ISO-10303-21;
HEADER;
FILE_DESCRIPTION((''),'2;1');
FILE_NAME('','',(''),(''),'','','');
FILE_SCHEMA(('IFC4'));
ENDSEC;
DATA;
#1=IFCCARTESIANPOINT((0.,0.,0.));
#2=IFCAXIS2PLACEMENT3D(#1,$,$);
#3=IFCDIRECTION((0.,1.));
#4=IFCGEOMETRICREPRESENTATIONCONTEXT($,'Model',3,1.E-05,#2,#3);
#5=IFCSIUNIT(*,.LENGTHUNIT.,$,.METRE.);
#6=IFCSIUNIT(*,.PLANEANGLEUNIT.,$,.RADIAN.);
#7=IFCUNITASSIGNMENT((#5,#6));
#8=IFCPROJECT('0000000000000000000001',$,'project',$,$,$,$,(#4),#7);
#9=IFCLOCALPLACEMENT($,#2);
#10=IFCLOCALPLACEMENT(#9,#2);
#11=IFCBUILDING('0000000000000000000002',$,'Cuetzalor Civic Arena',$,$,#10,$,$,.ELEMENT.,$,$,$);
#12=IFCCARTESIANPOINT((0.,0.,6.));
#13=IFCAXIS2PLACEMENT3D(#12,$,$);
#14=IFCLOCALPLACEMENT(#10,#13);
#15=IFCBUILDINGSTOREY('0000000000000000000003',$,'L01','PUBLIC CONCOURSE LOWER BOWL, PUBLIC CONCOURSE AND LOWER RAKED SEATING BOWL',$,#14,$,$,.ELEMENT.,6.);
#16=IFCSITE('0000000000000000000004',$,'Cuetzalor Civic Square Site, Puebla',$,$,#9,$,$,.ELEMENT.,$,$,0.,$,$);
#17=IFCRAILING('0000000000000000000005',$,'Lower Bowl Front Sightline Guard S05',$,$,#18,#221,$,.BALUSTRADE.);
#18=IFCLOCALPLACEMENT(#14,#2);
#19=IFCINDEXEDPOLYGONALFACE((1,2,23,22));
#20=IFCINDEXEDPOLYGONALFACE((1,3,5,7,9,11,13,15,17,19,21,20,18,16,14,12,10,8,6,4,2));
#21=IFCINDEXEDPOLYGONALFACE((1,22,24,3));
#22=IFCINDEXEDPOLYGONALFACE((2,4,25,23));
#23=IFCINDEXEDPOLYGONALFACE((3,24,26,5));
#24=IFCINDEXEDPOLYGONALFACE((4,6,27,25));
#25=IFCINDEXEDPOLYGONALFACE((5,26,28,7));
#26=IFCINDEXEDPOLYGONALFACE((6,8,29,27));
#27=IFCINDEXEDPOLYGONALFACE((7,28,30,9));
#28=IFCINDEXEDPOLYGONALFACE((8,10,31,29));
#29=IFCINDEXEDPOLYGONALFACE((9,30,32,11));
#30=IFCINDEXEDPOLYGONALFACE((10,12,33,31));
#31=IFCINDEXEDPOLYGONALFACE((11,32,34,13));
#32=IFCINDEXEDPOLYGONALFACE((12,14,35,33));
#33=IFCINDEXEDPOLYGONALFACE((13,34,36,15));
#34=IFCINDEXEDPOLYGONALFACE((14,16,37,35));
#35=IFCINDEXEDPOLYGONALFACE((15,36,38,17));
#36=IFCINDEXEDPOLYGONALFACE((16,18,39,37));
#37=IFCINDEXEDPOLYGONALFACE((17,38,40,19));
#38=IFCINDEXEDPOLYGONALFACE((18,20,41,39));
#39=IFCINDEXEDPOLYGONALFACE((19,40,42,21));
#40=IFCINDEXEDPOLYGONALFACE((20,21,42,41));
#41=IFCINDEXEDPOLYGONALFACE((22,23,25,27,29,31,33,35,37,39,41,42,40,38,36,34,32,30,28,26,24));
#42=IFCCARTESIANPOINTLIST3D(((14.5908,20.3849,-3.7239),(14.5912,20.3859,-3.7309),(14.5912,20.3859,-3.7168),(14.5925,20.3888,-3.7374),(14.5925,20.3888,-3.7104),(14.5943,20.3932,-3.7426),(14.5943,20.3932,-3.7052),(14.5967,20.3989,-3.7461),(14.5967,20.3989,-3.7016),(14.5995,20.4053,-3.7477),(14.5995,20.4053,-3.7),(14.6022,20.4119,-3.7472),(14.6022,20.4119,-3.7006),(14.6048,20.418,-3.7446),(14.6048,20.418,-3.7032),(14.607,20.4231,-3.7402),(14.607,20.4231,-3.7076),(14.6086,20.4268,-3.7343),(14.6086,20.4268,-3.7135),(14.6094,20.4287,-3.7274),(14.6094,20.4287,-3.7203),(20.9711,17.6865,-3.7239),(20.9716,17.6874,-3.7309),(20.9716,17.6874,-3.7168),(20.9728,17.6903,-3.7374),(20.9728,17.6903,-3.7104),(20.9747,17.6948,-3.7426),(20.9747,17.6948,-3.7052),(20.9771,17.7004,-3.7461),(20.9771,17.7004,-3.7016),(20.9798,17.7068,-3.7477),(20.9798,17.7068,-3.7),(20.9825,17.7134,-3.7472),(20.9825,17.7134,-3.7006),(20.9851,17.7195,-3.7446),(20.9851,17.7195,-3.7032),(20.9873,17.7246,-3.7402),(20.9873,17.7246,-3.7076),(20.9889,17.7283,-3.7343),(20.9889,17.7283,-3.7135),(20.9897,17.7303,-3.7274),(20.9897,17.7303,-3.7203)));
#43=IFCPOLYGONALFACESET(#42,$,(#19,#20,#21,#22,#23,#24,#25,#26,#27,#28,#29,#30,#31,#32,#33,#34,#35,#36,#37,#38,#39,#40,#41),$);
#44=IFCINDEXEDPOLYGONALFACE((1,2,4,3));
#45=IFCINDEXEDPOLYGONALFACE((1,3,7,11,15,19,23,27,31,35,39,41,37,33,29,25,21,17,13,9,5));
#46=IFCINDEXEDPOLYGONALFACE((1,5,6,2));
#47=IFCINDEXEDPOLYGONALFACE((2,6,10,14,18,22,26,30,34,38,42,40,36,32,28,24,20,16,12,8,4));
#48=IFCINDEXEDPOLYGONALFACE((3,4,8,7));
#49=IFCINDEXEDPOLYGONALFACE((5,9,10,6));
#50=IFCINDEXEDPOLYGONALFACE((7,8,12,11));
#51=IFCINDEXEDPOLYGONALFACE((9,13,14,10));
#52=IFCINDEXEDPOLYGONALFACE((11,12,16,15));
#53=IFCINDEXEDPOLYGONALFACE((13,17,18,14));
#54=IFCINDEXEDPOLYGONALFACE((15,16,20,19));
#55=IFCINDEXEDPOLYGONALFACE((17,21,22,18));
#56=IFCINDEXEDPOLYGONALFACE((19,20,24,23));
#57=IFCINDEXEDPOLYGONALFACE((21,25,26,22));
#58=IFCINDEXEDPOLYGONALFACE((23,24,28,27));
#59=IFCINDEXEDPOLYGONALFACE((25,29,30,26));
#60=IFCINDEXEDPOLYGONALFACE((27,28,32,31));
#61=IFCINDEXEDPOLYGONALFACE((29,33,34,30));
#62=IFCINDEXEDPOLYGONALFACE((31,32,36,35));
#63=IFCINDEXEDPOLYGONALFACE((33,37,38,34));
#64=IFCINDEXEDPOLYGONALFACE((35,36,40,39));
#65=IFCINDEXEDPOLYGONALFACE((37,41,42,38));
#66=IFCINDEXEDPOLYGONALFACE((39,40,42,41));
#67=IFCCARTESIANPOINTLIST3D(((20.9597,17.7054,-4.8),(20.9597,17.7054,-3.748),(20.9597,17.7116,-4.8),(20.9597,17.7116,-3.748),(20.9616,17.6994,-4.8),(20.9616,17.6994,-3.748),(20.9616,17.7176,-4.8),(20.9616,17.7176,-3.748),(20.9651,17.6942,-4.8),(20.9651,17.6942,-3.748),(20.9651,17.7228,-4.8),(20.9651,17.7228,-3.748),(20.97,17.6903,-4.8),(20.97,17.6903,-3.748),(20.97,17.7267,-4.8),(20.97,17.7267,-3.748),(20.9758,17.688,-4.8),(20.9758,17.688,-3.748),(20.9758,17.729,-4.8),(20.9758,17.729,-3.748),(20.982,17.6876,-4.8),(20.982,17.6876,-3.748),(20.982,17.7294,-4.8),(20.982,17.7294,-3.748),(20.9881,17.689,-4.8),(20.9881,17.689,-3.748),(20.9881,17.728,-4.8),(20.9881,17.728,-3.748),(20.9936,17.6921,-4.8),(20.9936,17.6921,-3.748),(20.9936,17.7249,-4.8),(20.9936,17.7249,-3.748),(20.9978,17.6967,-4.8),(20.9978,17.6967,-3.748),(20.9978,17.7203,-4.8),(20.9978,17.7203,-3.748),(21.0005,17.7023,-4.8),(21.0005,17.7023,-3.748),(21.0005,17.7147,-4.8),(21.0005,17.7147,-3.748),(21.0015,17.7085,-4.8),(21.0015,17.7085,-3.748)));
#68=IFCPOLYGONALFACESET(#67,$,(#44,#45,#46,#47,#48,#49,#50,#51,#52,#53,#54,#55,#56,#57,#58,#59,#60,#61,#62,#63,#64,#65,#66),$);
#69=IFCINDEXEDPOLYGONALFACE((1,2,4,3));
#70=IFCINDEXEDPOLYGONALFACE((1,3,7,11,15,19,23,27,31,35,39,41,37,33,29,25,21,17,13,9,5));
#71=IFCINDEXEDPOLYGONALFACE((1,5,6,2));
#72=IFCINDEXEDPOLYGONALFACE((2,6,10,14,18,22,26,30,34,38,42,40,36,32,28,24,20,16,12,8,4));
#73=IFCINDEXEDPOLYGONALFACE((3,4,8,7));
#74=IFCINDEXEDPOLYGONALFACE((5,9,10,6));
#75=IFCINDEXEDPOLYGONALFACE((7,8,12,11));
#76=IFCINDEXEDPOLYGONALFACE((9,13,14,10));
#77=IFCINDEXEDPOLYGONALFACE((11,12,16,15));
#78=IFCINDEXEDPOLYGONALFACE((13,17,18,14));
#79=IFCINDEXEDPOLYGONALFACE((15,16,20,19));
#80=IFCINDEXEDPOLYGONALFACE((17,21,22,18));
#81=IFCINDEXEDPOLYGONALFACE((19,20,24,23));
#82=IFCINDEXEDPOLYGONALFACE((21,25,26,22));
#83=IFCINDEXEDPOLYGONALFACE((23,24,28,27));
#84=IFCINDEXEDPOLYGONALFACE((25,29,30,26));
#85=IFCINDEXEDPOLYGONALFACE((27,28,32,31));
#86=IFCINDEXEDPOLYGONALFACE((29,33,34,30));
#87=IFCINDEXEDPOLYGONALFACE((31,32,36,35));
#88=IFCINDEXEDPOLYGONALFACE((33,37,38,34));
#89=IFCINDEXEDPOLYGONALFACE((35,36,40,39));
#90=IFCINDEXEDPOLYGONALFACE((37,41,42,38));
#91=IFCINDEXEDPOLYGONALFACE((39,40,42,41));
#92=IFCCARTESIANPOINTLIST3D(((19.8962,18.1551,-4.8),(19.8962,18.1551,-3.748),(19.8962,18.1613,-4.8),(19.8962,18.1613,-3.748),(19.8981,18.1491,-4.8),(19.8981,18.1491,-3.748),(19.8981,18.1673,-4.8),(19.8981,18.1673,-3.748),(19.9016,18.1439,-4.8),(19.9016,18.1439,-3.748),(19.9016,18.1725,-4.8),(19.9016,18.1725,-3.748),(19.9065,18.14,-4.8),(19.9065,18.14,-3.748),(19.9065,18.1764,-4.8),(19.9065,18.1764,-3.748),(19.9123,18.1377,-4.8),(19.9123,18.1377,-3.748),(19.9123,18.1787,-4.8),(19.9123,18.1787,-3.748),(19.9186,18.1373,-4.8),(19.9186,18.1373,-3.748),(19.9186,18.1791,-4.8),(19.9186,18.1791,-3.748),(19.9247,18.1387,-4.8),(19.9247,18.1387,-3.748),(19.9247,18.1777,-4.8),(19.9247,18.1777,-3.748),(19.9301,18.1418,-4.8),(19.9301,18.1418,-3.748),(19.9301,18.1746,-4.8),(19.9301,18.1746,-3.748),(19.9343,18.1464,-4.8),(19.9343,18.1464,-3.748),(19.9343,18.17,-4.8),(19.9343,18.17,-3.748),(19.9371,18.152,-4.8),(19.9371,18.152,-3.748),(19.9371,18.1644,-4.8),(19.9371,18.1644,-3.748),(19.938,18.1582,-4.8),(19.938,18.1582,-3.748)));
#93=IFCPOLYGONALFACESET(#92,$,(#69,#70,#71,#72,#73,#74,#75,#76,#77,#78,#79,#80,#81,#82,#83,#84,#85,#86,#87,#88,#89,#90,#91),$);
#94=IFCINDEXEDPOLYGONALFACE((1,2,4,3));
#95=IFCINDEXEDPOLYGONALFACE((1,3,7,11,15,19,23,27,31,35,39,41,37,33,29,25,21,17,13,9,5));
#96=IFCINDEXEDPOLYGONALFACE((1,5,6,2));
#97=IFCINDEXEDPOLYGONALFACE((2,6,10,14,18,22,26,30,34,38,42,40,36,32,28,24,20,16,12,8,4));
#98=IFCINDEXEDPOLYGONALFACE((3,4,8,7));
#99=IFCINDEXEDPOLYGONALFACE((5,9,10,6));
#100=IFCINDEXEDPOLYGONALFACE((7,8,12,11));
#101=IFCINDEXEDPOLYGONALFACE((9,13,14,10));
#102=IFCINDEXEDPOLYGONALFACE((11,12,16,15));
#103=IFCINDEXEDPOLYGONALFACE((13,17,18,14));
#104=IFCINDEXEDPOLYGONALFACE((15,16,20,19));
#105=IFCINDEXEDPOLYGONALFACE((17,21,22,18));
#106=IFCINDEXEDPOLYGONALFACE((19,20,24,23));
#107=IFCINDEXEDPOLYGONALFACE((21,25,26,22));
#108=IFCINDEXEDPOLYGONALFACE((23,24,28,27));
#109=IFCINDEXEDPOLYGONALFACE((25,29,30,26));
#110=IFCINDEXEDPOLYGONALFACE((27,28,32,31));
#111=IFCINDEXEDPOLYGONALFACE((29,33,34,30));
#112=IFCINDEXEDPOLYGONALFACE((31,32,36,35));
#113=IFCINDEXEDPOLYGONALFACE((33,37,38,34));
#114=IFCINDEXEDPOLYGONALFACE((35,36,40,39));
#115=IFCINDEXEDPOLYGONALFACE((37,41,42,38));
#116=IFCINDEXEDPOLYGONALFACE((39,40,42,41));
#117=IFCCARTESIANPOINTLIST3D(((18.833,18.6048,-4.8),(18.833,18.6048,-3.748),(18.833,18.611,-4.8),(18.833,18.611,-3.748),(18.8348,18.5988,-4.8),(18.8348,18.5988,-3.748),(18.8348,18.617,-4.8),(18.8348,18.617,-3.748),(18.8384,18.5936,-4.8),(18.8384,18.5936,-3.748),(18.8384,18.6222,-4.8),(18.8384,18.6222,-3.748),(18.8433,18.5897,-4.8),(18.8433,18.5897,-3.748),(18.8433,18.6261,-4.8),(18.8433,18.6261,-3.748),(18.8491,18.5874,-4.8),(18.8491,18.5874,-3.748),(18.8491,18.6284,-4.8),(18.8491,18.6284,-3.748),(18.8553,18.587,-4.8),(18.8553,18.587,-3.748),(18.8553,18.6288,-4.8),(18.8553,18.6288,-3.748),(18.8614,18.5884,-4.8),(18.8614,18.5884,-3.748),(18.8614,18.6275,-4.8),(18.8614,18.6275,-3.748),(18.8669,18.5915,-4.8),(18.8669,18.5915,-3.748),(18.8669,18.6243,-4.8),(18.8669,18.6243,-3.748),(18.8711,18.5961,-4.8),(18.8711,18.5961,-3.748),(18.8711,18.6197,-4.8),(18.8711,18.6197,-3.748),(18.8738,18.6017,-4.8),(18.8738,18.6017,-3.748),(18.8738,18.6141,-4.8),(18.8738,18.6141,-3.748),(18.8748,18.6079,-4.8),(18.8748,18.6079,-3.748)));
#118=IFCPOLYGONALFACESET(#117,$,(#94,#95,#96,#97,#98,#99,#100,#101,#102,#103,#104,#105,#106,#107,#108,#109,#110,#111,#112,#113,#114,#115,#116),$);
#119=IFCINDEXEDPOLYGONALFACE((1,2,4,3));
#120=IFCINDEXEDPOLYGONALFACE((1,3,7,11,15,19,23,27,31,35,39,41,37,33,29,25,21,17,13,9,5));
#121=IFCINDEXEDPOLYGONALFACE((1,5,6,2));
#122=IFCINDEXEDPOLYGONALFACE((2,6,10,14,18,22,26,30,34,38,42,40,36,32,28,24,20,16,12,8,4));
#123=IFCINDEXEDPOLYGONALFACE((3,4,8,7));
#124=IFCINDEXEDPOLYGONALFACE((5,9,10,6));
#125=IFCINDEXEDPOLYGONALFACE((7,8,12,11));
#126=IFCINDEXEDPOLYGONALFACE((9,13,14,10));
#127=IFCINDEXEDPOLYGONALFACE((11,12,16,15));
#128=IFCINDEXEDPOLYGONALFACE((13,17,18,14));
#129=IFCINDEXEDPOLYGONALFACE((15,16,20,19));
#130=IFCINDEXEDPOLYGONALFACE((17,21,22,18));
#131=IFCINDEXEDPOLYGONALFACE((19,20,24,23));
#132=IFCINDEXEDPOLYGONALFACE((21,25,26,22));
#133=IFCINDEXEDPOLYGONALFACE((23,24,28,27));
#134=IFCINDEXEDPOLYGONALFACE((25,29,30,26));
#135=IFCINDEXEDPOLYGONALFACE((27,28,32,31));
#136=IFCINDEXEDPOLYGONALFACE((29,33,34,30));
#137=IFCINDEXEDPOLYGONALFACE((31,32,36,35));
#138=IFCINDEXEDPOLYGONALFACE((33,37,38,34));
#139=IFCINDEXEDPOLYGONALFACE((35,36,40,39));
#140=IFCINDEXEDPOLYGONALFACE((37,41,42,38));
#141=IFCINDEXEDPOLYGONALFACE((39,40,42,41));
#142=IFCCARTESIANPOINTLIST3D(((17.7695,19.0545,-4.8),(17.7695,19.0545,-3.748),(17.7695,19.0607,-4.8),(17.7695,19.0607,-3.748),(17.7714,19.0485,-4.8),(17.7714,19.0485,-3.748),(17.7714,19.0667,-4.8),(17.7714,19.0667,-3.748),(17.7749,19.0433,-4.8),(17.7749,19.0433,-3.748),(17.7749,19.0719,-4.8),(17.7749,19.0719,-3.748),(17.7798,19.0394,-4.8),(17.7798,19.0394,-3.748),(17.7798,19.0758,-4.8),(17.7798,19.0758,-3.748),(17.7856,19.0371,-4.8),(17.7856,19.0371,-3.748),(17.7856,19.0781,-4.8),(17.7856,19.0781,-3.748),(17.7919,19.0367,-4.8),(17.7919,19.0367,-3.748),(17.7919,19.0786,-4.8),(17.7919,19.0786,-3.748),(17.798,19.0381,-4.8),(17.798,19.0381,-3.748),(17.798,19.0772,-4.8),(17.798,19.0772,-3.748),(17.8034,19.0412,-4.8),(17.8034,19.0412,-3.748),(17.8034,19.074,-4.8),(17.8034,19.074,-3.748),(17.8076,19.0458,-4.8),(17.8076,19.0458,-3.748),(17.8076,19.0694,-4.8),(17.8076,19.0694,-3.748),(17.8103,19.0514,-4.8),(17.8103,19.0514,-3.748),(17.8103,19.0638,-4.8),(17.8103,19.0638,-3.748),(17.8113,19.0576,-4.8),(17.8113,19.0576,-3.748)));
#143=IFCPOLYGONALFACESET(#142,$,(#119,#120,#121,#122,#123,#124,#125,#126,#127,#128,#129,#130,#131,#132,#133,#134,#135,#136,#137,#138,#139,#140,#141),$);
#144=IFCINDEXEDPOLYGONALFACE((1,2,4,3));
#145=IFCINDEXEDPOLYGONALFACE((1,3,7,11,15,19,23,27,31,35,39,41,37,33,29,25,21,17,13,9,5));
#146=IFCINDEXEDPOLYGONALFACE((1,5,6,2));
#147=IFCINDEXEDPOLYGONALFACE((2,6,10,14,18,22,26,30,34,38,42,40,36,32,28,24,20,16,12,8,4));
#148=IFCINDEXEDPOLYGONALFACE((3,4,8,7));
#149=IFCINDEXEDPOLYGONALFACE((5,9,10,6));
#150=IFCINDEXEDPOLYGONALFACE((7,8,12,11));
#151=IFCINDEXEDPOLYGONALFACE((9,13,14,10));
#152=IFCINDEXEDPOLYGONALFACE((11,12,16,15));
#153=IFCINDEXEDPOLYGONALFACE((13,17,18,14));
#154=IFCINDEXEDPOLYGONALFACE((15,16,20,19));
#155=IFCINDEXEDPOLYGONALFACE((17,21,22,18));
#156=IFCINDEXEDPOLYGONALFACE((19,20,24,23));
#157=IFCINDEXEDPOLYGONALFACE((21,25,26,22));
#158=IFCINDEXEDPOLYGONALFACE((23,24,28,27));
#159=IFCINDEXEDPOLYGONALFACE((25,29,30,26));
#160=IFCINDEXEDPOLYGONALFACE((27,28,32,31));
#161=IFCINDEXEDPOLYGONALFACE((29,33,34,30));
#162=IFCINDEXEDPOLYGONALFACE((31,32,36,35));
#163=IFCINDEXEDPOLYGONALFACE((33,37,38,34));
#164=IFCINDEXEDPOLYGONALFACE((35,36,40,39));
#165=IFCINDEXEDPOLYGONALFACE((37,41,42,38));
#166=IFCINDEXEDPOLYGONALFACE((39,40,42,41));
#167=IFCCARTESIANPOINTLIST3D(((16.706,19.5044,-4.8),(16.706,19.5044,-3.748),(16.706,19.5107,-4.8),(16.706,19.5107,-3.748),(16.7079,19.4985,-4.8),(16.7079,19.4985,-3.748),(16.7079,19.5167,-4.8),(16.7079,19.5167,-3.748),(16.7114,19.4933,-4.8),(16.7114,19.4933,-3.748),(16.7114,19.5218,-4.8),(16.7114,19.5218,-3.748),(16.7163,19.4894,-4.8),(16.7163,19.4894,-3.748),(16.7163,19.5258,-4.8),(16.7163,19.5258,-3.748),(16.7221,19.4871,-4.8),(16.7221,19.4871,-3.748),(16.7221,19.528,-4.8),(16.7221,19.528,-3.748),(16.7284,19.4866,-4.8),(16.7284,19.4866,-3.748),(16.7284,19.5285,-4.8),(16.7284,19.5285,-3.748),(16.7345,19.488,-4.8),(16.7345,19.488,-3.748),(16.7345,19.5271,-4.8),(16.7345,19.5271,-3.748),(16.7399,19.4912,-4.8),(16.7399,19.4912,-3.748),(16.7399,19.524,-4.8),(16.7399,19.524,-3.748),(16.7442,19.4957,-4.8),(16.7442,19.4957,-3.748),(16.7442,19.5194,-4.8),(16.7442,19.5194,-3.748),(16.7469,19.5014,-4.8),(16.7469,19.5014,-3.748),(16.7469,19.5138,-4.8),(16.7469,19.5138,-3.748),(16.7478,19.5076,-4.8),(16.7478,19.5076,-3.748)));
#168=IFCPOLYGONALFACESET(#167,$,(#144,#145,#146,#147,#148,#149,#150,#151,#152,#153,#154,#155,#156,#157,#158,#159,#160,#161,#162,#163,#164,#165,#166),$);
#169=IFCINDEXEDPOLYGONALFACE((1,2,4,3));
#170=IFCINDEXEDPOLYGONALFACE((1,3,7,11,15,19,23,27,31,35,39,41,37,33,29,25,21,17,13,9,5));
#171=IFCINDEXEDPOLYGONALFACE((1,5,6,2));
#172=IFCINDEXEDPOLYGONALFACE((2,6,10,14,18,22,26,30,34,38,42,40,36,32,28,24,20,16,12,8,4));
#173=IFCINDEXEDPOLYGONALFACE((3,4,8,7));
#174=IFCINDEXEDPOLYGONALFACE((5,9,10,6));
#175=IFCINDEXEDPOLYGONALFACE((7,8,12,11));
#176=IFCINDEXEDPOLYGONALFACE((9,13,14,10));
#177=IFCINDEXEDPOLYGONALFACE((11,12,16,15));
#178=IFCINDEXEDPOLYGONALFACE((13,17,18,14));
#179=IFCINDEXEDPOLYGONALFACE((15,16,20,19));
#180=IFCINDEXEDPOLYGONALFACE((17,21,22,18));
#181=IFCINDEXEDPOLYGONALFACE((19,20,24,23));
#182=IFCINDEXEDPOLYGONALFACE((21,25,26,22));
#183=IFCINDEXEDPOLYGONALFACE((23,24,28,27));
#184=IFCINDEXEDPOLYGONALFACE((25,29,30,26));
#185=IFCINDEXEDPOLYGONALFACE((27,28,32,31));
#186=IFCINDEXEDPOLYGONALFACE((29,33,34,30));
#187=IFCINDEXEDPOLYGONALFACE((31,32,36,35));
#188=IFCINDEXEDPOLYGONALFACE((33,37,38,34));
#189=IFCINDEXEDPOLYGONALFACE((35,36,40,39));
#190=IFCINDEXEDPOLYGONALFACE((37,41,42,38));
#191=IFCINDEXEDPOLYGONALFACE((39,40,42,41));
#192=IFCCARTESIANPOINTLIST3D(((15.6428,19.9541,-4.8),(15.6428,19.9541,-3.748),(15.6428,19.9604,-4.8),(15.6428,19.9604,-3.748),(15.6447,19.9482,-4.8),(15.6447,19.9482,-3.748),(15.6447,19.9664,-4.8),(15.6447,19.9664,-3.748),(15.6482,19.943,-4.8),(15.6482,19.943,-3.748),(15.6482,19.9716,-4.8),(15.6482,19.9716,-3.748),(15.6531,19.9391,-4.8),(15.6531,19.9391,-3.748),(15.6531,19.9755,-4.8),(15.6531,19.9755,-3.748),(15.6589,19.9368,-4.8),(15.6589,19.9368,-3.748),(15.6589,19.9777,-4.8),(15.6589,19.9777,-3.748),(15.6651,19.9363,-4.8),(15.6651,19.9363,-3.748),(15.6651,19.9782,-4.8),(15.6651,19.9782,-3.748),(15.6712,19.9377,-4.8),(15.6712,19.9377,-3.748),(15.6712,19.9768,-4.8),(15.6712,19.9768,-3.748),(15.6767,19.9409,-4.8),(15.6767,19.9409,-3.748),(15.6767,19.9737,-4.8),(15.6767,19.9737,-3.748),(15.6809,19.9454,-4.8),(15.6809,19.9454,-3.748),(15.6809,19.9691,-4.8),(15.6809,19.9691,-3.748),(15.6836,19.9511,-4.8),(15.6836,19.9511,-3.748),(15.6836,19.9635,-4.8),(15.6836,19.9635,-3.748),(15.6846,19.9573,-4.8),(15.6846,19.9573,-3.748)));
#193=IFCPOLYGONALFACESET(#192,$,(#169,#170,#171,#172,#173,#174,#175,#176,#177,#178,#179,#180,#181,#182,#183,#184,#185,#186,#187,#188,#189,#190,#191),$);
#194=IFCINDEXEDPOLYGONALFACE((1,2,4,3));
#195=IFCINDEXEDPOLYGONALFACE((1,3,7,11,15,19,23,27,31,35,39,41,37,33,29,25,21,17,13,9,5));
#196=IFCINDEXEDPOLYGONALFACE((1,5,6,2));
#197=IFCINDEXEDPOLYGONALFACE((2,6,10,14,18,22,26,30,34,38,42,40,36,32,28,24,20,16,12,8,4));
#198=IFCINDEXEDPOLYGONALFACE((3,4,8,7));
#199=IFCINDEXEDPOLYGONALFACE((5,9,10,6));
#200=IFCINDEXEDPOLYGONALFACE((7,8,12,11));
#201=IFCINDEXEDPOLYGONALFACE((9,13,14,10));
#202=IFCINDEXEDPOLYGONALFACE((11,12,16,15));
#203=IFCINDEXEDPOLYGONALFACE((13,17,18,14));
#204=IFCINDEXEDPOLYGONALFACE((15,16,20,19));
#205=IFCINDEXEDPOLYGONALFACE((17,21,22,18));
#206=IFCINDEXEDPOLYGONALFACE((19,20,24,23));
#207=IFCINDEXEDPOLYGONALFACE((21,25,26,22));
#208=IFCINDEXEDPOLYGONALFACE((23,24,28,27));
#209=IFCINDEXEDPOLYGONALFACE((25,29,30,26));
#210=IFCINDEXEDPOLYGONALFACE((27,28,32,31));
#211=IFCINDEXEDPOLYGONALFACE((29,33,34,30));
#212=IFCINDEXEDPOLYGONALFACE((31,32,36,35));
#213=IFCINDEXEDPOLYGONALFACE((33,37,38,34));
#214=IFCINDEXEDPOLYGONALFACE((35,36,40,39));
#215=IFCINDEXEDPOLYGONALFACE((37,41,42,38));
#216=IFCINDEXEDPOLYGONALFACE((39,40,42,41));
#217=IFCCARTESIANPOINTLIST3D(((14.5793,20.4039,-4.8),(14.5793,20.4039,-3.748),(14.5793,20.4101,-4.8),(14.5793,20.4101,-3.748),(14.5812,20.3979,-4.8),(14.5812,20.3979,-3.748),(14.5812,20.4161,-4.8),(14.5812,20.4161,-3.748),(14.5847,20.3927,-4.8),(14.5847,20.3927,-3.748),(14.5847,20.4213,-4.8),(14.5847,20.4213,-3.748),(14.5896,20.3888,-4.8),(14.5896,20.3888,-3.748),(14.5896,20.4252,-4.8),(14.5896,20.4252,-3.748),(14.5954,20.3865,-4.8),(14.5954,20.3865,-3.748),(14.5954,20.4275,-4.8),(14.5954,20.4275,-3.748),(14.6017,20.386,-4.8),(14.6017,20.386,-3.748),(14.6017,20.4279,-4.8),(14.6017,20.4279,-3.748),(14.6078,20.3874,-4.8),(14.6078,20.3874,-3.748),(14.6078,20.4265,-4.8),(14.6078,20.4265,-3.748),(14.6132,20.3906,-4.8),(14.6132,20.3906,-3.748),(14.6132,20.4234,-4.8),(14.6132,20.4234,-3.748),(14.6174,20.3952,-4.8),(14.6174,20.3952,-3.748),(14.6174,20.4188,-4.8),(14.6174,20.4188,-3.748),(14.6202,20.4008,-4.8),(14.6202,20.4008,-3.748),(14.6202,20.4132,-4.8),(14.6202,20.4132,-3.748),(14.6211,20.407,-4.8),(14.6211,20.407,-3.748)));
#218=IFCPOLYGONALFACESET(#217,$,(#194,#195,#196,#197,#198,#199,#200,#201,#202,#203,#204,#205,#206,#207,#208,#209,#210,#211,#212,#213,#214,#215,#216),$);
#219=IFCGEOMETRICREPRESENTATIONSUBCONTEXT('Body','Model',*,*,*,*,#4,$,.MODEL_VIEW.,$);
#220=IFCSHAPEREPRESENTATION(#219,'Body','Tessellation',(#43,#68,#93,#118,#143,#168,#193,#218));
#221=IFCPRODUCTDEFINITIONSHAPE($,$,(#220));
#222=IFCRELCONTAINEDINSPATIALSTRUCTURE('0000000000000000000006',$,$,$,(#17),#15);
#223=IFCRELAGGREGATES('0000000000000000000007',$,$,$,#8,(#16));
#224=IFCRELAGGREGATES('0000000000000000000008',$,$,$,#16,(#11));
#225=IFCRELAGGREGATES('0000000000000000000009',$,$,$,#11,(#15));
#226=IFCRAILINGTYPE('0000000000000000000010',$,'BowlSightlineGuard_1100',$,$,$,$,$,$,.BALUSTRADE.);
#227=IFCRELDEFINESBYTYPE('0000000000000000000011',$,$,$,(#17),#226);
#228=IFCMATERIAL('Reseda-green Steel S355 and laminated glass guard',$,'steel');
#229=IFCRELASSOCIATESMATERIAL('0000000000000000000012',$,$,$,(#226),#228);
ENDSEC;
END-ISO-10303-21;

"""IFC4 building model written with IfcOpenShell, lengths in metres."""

from ifc_helpers import new_model, si_unit, direction, frame, origin, origin_2d, place, context, subcontext, project, spatial, circle, extrude, material, type_object, element, save


model = new_model("IFC4")

# Units and contexts
model_context = context("Model", 3, precision=1e-05, world=origin(), true_north=direction((0.0, 1.0)))
body_context = subcontext(model_context, "Body", "Model", "MODEL_VIEW")
ifc_project = project(units=[si_unit("LENGTHUNIT", "METRE"), si_unit("PLANEANGLEUNIT", "RADIAN")], contexts=[model_context])

# Site, building, storey
site_placement = place(None, origin())
site = spatial("IfcSite", under=ifc_project, at=site_placement, Name="Cuetzalor Civic Square Site, Puebla", CompositionType="ELEMENT", RefElevation=0.0)
building_placement = place(site_placement, origin())
building = spatial("IfcBuilding", under=site, at=building_placement, Name="Cuetzalor Civic Arena", CompositionType="ELEMENT")
storey_placement = place(building_placement, frame((0.0, 0.0, 6.0)))
storey = spatial("IfcBuildingStorey", under=building, at=storey_placement, Name="L01", Description="PUBLIC CONCOURSE LOWER BOWL, PUBLIC CONCOURSE AND LOWER RAKED SEATING BOWL", CompositionType="ELEMENT", Elevation=6.0)

# Railing
ifc_material_1 = material(Name="Reseda-green Steel S355 and laminated glass guard", Category="steel")
railing_type_1 = type_object("IfcRailingType", Name="BowlSightlineGuard_1100", PredefinedType="BALUSTRADE", material=ifc_material_1)
railing_1_placement = place(storey_placement, frame((20.9805, 17.7085, -4.8)))
element("IfcRailing", 1, at=railing_1_placement, inside=storey, type_object=railing_type_1, Name="Lower Bowl Front Sightline Guard S05", PredefinedType="BALUSTRADE", context=body_context, shape_type="SweptSolid", body=[
    extrude(circle(Radius=0.0239, at=origin_2d()), frame((0.0, 0.0, 1.0762), z_axis=(-0.921014, 0.38953, 0.0), x_axis=(-0.38953, -0.921014, 0.0)), (0.0, 0.0, 1.0), 6.9275),
    extrude(circle(Radius=0.021, at=origin_2d()), origin(), (0.0, 0.0, 1.0), 1.052),
    extrude(circle(Radius=0.021, at=origin_2d()), frame((-1.0635, 0.4497, 0.0)), (0.0, 0.0, 1.0), 1.052),
    extrude(circle(Radius=0.021, at=origin_2d()), frame((-2.1267, 0.8994, 0.0)), (0.0, 0.0, 1.0), 1.052),
    extrude(circle(Radius=0.021, at=origin_2d()), frame((-3.1902, 1.3491, 0.0)), (0.0, 0.0, 1.0), 1.052),
    extrude(circle(Radius=0.021, at=origin_2d()), frame((-4.2537, 1.7991, 0.0)), (0.0, 0.0, 1.0), 1.052),
    extrude(circle(Radius=0.021, at=origin_2d()), frame((-5.3169, 2.2488, 0.0)), (0.0, 0.0, 1.0), 1.052),
    extrude(circle(Radius=0.021, at=origin_2d()), frame((-6.3804, 2.6985, 0.0)), (0.0, 0.0, 1.0), 1.052),
])

save(model, "model.ifc")
